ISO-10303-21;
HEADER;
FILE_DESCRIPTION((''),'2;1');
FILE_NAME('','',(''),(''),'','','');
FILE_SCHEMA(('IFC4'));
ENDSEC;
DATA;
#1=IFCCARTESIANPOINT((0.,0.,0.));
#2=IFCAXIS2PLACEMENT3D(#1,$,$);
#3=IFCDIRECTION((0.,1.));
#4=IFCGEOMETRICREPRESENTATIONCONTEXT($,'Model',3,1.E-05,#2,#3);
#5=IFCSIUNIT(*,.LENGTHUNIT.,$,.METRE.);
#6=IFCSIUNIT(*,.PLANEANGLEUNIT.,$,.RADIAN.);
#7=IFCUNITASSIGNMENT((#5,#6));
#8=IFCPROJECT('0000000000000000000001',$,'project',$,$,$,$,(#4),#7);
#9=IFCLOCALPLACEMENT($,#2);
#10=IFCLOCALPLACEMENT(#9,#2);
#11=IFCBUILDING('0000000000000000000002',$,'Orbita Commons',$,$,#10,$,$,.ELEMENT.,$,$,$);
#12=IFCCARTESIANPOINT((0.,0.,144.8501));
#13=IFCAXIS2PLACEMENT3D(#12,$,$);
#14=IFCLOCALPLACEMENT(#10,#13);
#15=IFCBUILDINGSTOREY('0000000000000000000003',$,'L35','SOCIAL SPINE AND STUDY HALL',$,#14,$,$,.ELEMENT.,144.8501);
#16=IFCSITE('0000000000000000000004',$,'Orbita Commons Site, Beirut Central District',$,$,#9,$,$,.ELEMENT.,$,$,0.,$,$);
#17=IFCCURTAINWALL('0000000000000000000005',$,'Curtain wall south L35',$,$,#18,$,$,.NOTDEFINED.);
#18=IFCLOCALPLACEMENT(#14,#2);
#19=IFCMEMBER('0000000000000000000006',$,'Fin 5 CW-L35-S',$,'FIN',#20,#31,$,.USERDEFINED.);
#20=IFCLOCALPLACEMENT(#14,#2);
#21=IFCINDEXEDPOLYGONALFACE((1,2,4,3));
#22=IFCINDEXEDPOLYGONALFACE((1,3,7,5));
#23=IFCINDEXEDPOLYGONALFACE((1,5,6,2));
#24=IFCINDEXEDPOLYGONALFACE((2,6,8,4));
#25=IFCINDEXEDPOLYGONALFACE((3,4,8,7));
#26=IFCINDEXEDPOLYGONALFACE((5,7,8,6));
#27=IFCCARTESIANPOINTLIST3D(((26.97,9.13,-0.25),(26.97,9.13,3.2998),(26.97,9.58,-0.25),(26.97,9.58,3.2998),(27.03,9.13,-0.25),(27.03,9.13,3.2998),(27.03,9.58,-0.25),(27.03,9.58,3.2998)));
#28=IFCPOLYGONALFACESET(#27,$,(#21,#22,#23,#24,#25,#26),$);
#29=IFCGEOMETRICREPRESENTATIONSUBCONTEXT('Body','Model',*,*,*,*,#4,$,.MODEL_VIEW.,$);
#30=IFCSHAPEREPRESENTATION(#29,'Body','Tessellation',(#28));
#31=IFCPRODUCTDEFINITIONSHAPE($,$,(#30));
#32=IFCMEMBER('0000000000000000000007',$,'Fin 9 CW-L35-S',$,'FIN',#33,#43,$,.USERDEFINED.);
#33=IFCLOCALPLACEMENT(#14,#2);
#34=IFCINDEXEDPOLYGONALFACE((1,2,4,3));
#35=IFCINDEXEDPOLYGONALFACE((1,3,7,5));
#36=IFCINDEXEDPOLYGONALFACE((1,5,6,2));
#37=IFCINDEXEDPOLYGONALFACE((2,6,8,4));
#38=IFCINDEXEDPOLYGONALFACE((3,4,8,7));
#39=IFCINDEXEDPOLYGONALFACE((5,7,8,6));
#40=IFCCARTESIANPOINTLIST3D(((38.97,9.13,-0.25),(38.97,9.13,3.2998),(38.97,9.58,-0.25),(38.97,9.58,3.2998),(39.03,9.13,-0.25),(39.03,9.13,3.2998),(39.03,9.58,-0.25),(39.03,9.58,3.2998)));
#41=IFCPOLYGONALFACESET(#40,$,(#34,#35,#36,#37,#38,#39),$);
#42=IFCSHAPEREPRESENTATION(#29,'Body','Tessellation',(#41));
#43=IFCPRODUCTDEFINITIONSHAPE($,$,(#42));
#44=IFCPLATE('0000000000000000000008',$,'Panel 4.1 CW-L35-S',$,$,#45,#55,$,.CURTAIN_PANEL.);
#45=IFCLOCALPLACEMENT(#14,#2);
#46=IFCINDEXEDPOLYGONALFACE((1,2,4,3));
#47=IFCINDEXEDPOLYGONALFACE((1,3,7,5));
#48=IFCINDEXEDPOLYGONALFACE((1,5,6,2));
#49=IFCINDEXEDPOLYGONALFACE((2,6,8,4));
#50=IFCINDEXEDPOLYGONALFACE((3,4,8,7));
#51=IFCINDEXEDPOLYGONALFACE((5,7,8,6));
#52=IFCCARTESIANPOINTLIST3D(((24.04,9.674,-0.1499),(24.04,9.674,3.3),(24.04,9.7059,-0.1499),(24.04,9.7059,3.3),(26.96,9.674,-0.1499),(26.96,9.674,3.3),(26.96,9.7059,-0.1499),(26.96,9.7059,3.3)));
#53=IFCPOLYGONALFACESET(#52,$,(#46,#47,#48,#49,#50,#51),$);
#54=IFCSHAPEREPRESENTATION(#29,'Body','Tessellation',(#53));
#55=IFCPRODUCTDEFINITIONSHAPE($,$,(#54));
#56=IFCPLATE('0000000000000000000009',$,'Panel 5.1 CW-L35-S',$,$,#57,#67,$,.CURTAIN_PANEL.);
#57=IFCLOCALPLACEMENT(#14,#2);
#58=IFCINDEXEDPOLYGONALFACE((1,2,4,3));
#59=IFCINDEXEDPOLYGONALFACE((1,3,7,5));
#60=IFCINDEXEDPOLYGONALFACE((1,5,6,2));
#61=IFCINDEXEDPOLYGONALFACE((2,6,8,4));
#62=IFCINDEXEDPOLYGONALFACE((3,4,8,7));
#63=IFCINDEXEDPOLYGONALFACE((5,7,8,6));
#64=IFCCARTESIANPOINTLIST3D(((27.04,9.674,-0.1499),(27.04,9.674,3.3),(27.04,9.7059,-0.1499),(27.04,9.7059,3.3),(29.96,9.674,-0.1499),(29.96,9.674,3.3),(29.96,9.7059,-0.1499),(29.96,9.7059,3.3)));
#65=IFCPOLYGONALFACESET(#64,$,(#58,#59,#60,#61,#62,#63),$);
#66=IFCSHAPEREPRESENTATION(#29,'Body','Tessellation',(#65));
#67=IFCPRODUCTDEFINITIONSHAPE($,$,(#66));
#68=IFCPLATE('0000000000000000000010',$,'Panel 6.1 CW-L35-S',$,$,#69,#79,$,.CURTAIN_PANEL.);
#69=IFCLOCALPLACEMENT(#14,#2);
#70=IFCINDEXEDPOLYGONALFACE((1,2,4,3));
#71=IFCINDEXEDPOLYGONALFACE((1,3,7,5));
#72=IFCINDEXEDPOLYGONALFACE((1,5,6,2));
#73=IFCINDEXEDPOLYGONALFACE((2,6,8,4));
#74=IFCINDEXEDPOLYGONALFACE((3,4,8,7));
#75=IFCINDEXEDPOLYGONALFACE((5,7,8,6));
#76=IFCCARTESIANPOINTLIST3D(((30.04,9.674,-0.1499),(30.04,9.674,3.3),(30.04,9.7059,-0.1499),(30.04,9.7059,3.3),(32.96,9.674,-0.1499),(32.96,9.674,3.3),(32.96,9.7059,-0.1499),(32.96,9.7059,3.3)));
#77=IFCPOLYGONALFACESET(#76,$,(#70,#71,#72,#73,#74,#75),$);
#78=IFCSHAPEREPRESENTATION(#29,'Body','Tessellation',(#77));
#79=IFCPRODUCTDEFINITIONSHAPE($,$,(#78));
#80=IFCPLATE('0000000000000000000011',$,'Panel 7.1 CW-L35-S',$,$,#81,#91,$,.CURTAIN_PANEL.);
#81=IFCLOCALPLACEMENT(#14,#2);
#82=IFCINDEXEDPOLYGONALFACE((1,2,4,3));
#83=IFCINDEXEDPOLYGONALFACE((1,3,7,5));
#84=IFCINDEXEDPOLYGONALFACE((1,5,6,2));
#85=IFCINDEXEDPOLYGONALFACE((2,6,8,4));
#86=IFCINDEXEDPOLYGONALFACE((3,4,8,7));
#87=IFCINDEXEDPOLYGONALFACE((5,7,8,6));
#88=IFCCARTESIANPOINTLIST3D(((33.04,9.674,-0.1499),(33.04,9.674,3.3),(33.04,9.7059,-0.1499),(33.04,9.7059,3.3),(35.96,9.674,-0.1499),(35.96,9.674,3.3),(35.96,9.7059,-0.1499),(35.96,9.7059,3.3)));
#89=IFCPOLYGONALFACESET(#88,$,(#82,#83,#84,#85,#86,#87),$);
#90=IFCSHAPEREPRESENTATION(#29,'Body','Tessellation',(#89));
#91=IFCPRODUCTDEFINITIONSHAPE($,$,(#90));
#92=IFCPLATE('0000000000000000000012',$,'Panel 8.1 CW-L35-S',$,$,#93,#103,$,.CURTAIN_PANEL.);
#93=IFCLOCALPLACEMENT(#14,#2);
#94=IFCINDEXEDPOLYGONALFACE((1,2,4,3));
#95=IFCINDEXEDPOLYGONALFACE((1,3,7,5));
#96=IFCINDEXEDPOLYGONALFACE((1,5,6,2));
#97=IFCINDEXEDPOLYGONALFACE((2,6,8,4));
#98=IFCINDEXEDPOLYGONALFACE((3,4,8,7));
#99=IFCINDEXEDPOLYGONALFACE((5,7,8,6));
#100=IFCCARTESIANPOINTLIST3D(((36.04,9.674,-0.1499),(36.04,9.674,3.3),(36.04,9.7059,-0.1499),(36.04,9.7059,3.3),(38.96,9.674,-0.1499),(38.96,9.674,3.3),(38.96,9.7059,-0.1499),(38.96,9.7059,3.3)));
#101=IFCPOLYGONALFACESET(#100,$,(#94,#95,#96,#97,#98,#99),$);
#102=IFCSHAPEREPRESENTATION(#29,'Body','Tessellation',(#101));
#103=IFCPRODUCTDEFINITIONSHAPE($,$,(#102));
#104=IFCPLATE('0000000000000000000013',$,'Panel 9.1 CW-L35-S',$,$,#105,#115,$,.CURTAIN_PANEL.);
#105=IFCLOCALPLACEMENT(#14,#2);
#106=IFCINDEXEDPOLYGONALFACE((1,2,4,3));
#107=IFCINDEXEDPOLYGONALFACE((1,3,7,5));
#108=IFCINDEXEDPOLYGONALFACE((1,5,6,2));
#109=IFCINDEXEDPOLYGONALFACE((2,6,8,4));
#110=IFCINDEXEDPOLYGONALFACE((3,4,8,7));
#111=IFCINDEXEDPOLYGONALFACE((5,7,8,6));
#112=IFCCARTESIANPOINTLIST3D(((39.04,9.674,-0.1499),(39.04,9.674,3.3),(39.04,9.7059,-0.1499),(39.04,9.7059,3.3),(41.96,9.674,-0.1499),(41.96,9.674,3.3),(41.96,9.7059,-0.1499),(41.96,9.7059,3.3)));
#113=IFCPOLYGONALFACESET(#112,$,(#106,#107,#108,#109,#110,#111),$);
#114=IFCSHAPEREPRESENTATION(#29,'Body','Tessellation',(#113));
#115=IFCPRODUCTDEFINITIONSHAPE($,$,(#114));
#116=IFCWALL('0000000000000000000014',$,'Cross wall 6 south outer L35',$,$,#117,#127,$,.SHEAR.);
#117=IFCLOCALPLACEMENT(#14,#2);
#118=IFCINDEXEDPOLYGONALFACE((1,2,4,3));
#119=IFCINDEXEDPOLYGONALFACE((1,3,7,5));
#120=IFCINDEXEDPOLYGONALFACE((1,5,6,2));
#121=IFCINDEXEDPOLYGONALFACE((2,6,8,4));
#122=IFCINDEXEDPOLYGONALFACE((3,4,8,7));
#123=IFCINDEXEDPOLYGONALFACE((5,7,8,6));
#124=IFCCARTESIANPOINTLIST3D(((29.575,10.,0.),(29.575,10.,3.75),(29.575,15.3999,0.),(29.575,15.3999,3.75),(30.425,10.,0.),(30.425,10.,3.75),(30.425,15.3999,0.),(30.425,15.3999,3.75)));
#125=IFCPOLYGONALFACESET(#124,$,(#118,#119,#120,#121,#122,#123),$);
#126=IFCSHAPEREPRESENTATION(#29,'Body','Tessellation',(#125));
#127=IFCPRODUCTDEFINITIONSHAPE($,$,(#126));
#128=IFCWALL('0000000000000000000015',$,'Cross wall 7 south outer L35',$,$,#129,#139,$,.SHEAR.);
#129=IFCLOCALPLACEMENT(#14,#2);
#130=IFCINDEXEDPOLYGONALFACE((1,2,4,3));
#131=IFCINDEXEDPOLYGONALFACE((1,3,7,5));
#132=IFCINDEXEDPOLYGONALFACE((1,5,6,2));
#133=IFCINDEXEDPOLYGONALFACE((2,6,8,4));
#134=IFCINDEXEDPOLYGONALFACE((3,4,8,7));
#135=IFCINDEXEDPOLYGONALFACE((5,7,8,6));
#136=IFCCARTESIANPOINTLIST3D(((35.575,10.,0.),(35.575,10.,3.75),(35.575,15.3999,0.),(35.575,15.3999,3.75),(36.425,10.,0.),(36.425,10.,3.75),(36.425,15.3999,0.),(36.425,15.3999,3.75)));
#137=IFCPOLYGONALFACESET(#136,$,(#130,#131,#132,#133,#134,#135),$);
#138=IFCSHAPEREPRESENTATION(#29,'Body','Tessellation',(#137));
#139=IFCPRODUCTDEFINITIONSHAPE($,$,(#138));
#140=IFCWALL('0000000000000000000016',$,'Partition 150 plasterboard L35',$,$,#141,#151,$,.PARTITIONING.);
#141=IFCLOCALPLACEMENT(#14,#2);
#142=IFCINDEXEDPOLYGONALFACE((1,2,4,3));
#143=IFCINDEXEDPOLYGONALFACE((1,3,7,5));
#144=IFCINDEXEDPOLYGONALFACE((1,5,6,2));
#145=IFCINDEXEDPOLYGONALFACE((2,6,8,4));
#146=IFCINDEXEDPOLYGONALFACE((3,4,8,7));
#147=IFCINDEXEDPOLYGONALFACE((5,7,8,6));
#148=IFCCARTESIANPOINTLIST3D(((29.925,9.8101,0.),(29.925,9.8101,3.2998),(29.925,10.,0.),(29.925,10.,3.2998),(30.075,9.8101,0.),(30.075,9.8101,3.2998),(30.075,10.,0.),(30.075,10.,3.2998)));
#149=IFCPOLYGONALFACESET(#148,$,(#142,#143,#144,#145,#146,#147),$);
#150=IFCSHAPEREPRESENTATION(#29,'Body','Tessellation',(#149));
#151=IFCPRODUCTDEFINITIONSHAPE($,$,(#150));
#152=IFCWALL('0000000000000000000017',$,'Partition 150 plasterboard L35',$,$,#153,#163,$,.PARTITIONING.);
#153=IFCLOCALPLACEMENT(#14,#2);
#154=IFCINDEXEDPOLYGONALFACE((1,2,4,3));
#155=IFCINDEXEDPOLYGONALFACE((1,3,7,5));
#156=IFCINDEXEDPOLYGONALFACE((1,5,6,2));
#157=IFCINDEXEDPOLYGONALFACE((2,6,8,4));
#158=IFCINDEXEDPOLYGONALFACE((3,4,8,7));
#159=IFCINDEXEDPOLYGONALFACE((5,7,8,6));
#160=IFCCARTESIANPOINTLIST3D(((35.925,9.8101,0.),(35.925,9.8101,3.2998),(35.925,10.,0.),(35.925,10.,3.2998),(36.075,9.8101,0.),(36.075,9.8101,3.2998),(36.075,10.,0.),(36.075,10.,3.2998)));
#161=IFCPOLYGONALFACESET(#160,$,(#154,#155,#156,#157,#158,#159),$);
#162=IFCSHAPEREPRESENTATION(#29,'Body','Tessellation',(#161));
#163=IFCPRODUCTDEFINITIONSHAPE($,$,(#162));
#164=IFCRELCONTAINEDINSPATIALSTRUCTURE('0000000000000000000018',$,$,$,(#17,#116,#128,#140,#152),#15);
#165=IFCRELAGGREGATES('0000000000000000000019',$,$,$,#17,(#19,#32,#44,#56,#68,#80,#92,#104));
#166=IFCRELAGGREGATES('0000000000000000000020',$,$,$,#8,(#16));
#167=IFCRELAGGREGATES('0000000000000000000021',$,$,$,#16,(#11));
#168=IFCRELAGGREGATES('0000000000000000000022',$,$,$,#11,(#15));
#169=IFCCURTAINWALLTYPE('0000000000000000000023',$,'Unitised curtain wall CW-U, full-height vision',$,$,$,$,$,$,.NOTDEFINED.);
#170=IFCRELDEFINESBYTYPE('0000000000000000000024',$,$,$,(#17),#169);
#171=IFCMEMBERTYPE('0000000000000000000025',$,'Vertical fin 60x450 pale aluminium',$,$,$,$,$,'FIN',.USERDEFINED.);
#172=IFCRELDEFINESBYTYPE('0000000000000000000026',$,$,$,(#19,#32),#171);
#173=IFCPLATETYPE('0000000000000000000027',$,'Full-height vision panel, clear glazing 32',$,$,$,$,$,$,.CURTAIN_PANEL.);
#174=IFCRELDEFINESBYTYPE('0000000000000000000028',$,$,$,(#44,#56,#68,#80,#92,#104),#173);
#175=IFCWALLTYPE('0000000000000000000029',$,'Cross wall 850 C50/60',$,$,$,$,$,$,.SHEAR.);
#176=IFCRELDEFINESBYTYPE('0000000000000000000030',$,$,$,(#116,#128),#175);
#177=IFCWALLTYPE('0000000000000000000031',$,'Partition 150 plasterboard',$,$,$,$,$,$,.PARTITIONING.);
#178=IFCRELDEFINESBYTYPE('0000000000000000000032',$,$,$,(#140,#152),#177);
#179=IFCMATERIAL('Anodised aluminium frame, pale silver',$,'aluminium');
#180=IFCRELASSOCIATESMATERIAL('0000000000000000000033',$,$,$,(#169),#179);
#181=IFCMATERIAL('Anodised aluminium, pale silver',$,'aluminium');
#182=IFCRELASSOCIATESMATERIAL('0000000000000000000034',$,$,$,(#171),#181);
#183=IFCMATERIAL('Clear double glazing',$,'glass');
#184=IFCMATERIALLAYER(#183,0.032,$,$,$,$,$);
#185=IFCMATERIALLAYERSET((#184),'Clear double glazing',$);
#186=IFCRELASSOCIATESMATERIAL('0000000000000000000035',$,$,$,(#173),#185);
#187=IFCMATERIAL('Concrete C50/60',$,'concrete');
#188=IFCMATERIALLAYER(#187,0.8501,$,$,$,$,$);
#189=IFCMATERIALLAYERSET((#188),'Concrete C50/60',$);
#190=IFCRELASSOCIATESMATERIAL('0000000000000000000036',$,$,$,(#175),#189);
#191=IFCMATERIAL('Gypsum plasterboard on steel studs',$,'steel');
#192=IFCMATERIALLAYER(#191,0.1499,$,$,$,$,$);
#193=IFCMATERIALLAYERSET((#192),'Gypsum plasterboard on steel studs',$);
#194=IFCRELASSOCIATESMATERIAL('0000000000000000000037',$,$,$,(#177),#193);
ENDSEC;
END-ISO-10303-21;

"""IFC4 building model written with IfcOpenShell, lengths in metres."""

from ifc_helpers import new_model, si_unit, direction, frame, frame_2d, origin, origin_2d, place, context, subcontext, project, spatial, rectangle, extrude, material, layer, layer_set, material_profile, profile_set, type_object, element, aggregate, save


model = new_model("IFC4")

# Units and contexts
model_context = context("Model", 3, precision=1e-05, world=origin(), true_north=direction((0.0, 1.0)))
body_context = subcontext(model_context, "Body", "Model", "MODEL_VIEW")
ifc_project = project(units=[si_unit("LENGTHUNIT", "METRE"), si_unit("PLANEANGLEUNIT", "RADIAN")], contexts=[model_context])

# Site, building, storey
site_placement = place(None, origin())
site = spatial("IfcSite", under=ifc_project, at=site_placement, Name="Orbita Commons Site, Beirut Central District", CompositionType="ELEMENT", RefElevation=0.0)
building_placement = place(site_placement, origin())
building = spatial("IfcBuilding", under=site, at=building_placement, Name="Orbita Commons", CompositionType="ELEMENT")
storey_placement = place(building_placement, frame((0.0, 0.0, 144.8501)))
storey = spatial("IfcBuildingStorey", under=building, at=storey_placement, Name="L35", Description="SOCIAL SPINE AND STUDY HALL", CompositionType="ELEMENT", Elevation=144.8501)

# Curtain wall
ifc_material_1 = material(Name="Anodised aluminium frame, pale silver", Category="aluminium")
curtain_wall_type = type_object("IfcCurtainWallType", Name="Unitised curtain wall CW-U, full-height vision", PredefinedType="NOTDEFINED", material=ifc_material_1)
curtain_wall_placement = place(storey_placement, origin())
curtain_wall = element("IfcCurtainWall", 1, at=curtain_wall_placement, inside=storey, type_object=curtain_wall_type, Name="Curtain wall south L35", PredefinedType="NOTDEFINED")

# Members
ifc_material_2 = material(Name="Anodised aluminium, pale silver", Category="aluminium")
ifc_material_profile_1 = material_profile(ifc_material_2, rectangle(XDim=0.0601, YDim=0.45, at=origin_2d()), Name="FIN 60x450")
ifc_profile_set_1 = profile_set([ifc_material_profile_1], Name="Anodised aluminium, pale silver")
member_type_1 = type_object("IfcMemberType", Name="Vertical fin 60x450 pale aluminium", ElementType="FIN", PredefinedType="USERDEFINED", material=ifc_profile_set_1)
member_1_placement = place(storey_placement, frame((27.0, 9.355, -0.25), z_axis=(0.0, 0.0, 1.0), x_axis=(1.0, 0.0, 0.0)))
member_1 = element("IfcMember", 2, at=member_1_placement, type_object=member_type_1, Name="Fin 5 CW-L35-S", ObjectType="FIN", PredefinedType="USERDEFINED", context=body_context, shape_type="SweptSolid", body=[
    extrude(rectangle(XDim=0.0601, YDim=0.45, at=origin_2d()), origin(), (0.0, 0.0, 1.0), 3.5498),
])
member_2_placement = place(storey_placement, frame((39.0, 9.355, -0.25), z_axis=(0.0, 0.0, 1.0), x_axis=(1.0, 0.0, 0.0)))
member_2 = element("IfcMember", 3, at=member_2_placement, type_object=member_type_1, Name="Fin 9 CW-L35-S", ObjectType="FIN", PredefinedType="USERDEFINED", context=body_context, shape_type="SweptSolid", body=[
    extrude(rectangle(XDim=0.0601, YDim=0.45, at=origin_2d()), origin(), (0.0, 0.0, 1.0), 3.5498),
])

# Plates
ifc_material_3 = material(Name="Clear double glazing", Category="glass")
ifc_layer_1 = layer(ifc_material_3, 0.032)
ifc_layer_set_1 = layer_set([ifc_layer_1], Name="Clear double glazing")
plate_type = type_object("IfcPlateType", Name="Full-height vision panel, clear glazing 32", PredefinedType="CURTAIN_PANEL", material=ifc_layer_set_1)
plate_1_placement = place(storey_placement, frame((25.5, 9.6899, -0.1499), z_axis=(0.0, 0.0, 1.0), x_axis=(1.0, 0.0, 0.0)))
plate_1 = element("IfcPlate", 4, at=plate_1_placement, type_object=plate_type, Name="Panel 4.1 CW-L35-S", PredefinedType="CURTAIN_PANEL", context=body_context, shape_type="SweptSolid", body=[
    extrude(rectangle(XDim=2.9199, YDim=0.032, at=origin_2d()), origin(), (0.0, 0.0, 1.0), 3.45),
])
plate_2_placement = place(storey_placement, frame((28.5, 9.6899, -0.1499), z_axis=(0.0, 0.0, 1.0), x_axis=(1.0, 0.0, 0.0)))
plate_2 = element("IfcPlate", 5, at=plate_2_placement, type_object=plate_type, Name="Panel 5.1 CW-L35-S", PredefinedType="CURTAIN_PANEL", context=body_context, shape_type="SweptSolid", body=[
    extrude(rectangle(XDim=2.9199, YDim=0.032, at=origin_2d()), origin(), (0.0, 0.0, 1.0), 3.45),
])
plate_3_placement = place(storey_placement, frame((31.5, 9.6899, -0.1499), z_axis=(0.0, 0.0, 1.0), x_axis=(1.0, 0.0, 0.0)))
plate_3 = element("IfcPlate", 6, at=plate_3_placement, type_object=plate_type, Name="Panel 6.1 CW-L35-S", PredefinedType="CURTAIN_PANEL", context=body_context, shape_type="SweptSolid", body=[
    extrude(rectangle(XDim=2.9199, YDim=0.032, at=origin_2d()), origin(), (0.0, 0.0, 1.0), 3.45),
])
plate_4_placement = place(storey_placement, frame((34.5, 9.6899, -0.1499), z_axis=(0.0, 0.0, 1.0), x_axis=(1.0, 0.0, 0.0)))
plate_4 = element("IfcPlate", 7, at=plate_4_placement, type_object=plate_type, Name="Panel 7.1 CW-L35-S", PredefinedType="CURTAIN_PANEL", context=body_context, shape_type="SweptSolid", body=[
    extrude(rectangle(XDim=2.9199, YDim=0.032, at=origin_2d()), origin(), (0.0, 0.0, 1.0), 3.45),
])
plate_5_placement = place(storey_placement, frame((37.5, 9.6899, -0.1499), z_axis=(0.0, 0.0, 1.0), x_axis=(1.0, 0.0, 0.0)))
plate_5 = element("IfcPlate", 8, at=plate_5_placement, type_object=plate_type, Name="Panel 8.1 CW-L35-S", PredefinedType="CURTAIN_PANEL", context=body_context, shape_type="SweptSolid", body=[
    extrude(rectangle(XDim=2.9199, YDim=0.032, at=origin_2d()), origin(), (0.0, 0.0, 1.0), 3.45),
])
plate_6_placement = place(storey_placement, frame((40.5, 9.6899, -0.1499), z_axis=(0.0, 0.0, 1.0), x_axis=(1.0, 0.0, 0.0)))
plate_6 = element("IfcPlate", 9, at=plate_6_placement, type_object=plate_type, Name="Panel 9.1 CW-L35-S", PredefinedType="CURTAIN_PANEL", context=body_context, shape_type="SweptSolid", body=[
    extrude(rectangle(XDim=2.9199, YDim=0.032, at=origin_2d()), origin(), (0.0, 0.0, 1.0), 3.45),
])
aggregate(curtain_wall, [member_1, member_2, plate_1, plate_2, plate_3, plate_4, plate_5, plate_6])

# Walls
ifc_material_4 = material(Name="Concrete C50/60", Category="concrete")
ifc_layer_2 = layer(ifc_material_4, 0.8501)
ifc_layer_set_2 = layer_set([ifc_layer_2], Name="Concrete C50/60")
wall_type_1 = type_object("IfcWallType", Name="Cross wall 850 C50/60", PredefinedType="SHEAR", material=ifc_layer_set_2)
for number, where, z_axis, x_axis, name in (
    (10, (30.0, 10.0, 0.0), (0.0, 0.0, 1.0), (0.0, 1.0, 0.0), "Cross wall 6 south outer L35"),
    (11, (36.0, 10.0, 0.0), (0.0, 0.0, 1.0), (0.0, 1.0, 0.0), "Cross wall 7 south outer L35"),
):
    element("IfcWall", number, at=place(storey_placement, frame(where, z_axis=z_axis, x_axis=x_axis)), inside=storey, type_object=wall_type_1, Name=name, PredefinedType="SHEAR", context=body_context, shape_type="SweptSolid", body=[
        extrude(rectangle(XDim=5.3999, YDim=0.8501, at=frame_2d((2.7, 0.0))), origin(), (0.0, 0.0, 1.0), 3.75),
    ])
ifc_material_5 = material(Name="Gypsum plasterboard on steel studs", Category="steel")
ifc_layer_3 = layer(ifc_material_5, 0.1499)
ifc_layer_set_3 = layer_set([ifc_layer_3], Name="Gypsum plasterboard on steel studs")
wall_type_2 = type_object("IfcWallType", Name="Partition 150 plasterboard", PredefinedType="PARTITIONING", material=ifc_layer_set_3)
for number, where, z_axis, x_axis, name in (
    (12, (30.0, 10.0, 0.0), (0.0, 0.0, 1.0), (0.0, -1.0, 0.0), "Partition 150 plasterboard L35"),
    (13, (36.0, 10.0, 0.0), (0.0, 0.0, 1.0), (0.0, -1.0, 0.0), "Partition 150 plasterboard L35"),
):
    element("IfcWall", number, at=place(storey_placement, frame(where, z_axis=z_axis, x_axis=x_axis)), inside=storey, type_object=wall_type_2, Name=name, PredefinedType="PARTITIONING", context=body_context, shape_type="SweptSolid", body=[
        extrude(rectangle(XDim=0.1899, YDim=0.1499, at=frame_2d((0.095, 0.0))), origin(), (0.0, 0.0, 1.0), 3.2998),
    ])

save(model, "model.ifc")
